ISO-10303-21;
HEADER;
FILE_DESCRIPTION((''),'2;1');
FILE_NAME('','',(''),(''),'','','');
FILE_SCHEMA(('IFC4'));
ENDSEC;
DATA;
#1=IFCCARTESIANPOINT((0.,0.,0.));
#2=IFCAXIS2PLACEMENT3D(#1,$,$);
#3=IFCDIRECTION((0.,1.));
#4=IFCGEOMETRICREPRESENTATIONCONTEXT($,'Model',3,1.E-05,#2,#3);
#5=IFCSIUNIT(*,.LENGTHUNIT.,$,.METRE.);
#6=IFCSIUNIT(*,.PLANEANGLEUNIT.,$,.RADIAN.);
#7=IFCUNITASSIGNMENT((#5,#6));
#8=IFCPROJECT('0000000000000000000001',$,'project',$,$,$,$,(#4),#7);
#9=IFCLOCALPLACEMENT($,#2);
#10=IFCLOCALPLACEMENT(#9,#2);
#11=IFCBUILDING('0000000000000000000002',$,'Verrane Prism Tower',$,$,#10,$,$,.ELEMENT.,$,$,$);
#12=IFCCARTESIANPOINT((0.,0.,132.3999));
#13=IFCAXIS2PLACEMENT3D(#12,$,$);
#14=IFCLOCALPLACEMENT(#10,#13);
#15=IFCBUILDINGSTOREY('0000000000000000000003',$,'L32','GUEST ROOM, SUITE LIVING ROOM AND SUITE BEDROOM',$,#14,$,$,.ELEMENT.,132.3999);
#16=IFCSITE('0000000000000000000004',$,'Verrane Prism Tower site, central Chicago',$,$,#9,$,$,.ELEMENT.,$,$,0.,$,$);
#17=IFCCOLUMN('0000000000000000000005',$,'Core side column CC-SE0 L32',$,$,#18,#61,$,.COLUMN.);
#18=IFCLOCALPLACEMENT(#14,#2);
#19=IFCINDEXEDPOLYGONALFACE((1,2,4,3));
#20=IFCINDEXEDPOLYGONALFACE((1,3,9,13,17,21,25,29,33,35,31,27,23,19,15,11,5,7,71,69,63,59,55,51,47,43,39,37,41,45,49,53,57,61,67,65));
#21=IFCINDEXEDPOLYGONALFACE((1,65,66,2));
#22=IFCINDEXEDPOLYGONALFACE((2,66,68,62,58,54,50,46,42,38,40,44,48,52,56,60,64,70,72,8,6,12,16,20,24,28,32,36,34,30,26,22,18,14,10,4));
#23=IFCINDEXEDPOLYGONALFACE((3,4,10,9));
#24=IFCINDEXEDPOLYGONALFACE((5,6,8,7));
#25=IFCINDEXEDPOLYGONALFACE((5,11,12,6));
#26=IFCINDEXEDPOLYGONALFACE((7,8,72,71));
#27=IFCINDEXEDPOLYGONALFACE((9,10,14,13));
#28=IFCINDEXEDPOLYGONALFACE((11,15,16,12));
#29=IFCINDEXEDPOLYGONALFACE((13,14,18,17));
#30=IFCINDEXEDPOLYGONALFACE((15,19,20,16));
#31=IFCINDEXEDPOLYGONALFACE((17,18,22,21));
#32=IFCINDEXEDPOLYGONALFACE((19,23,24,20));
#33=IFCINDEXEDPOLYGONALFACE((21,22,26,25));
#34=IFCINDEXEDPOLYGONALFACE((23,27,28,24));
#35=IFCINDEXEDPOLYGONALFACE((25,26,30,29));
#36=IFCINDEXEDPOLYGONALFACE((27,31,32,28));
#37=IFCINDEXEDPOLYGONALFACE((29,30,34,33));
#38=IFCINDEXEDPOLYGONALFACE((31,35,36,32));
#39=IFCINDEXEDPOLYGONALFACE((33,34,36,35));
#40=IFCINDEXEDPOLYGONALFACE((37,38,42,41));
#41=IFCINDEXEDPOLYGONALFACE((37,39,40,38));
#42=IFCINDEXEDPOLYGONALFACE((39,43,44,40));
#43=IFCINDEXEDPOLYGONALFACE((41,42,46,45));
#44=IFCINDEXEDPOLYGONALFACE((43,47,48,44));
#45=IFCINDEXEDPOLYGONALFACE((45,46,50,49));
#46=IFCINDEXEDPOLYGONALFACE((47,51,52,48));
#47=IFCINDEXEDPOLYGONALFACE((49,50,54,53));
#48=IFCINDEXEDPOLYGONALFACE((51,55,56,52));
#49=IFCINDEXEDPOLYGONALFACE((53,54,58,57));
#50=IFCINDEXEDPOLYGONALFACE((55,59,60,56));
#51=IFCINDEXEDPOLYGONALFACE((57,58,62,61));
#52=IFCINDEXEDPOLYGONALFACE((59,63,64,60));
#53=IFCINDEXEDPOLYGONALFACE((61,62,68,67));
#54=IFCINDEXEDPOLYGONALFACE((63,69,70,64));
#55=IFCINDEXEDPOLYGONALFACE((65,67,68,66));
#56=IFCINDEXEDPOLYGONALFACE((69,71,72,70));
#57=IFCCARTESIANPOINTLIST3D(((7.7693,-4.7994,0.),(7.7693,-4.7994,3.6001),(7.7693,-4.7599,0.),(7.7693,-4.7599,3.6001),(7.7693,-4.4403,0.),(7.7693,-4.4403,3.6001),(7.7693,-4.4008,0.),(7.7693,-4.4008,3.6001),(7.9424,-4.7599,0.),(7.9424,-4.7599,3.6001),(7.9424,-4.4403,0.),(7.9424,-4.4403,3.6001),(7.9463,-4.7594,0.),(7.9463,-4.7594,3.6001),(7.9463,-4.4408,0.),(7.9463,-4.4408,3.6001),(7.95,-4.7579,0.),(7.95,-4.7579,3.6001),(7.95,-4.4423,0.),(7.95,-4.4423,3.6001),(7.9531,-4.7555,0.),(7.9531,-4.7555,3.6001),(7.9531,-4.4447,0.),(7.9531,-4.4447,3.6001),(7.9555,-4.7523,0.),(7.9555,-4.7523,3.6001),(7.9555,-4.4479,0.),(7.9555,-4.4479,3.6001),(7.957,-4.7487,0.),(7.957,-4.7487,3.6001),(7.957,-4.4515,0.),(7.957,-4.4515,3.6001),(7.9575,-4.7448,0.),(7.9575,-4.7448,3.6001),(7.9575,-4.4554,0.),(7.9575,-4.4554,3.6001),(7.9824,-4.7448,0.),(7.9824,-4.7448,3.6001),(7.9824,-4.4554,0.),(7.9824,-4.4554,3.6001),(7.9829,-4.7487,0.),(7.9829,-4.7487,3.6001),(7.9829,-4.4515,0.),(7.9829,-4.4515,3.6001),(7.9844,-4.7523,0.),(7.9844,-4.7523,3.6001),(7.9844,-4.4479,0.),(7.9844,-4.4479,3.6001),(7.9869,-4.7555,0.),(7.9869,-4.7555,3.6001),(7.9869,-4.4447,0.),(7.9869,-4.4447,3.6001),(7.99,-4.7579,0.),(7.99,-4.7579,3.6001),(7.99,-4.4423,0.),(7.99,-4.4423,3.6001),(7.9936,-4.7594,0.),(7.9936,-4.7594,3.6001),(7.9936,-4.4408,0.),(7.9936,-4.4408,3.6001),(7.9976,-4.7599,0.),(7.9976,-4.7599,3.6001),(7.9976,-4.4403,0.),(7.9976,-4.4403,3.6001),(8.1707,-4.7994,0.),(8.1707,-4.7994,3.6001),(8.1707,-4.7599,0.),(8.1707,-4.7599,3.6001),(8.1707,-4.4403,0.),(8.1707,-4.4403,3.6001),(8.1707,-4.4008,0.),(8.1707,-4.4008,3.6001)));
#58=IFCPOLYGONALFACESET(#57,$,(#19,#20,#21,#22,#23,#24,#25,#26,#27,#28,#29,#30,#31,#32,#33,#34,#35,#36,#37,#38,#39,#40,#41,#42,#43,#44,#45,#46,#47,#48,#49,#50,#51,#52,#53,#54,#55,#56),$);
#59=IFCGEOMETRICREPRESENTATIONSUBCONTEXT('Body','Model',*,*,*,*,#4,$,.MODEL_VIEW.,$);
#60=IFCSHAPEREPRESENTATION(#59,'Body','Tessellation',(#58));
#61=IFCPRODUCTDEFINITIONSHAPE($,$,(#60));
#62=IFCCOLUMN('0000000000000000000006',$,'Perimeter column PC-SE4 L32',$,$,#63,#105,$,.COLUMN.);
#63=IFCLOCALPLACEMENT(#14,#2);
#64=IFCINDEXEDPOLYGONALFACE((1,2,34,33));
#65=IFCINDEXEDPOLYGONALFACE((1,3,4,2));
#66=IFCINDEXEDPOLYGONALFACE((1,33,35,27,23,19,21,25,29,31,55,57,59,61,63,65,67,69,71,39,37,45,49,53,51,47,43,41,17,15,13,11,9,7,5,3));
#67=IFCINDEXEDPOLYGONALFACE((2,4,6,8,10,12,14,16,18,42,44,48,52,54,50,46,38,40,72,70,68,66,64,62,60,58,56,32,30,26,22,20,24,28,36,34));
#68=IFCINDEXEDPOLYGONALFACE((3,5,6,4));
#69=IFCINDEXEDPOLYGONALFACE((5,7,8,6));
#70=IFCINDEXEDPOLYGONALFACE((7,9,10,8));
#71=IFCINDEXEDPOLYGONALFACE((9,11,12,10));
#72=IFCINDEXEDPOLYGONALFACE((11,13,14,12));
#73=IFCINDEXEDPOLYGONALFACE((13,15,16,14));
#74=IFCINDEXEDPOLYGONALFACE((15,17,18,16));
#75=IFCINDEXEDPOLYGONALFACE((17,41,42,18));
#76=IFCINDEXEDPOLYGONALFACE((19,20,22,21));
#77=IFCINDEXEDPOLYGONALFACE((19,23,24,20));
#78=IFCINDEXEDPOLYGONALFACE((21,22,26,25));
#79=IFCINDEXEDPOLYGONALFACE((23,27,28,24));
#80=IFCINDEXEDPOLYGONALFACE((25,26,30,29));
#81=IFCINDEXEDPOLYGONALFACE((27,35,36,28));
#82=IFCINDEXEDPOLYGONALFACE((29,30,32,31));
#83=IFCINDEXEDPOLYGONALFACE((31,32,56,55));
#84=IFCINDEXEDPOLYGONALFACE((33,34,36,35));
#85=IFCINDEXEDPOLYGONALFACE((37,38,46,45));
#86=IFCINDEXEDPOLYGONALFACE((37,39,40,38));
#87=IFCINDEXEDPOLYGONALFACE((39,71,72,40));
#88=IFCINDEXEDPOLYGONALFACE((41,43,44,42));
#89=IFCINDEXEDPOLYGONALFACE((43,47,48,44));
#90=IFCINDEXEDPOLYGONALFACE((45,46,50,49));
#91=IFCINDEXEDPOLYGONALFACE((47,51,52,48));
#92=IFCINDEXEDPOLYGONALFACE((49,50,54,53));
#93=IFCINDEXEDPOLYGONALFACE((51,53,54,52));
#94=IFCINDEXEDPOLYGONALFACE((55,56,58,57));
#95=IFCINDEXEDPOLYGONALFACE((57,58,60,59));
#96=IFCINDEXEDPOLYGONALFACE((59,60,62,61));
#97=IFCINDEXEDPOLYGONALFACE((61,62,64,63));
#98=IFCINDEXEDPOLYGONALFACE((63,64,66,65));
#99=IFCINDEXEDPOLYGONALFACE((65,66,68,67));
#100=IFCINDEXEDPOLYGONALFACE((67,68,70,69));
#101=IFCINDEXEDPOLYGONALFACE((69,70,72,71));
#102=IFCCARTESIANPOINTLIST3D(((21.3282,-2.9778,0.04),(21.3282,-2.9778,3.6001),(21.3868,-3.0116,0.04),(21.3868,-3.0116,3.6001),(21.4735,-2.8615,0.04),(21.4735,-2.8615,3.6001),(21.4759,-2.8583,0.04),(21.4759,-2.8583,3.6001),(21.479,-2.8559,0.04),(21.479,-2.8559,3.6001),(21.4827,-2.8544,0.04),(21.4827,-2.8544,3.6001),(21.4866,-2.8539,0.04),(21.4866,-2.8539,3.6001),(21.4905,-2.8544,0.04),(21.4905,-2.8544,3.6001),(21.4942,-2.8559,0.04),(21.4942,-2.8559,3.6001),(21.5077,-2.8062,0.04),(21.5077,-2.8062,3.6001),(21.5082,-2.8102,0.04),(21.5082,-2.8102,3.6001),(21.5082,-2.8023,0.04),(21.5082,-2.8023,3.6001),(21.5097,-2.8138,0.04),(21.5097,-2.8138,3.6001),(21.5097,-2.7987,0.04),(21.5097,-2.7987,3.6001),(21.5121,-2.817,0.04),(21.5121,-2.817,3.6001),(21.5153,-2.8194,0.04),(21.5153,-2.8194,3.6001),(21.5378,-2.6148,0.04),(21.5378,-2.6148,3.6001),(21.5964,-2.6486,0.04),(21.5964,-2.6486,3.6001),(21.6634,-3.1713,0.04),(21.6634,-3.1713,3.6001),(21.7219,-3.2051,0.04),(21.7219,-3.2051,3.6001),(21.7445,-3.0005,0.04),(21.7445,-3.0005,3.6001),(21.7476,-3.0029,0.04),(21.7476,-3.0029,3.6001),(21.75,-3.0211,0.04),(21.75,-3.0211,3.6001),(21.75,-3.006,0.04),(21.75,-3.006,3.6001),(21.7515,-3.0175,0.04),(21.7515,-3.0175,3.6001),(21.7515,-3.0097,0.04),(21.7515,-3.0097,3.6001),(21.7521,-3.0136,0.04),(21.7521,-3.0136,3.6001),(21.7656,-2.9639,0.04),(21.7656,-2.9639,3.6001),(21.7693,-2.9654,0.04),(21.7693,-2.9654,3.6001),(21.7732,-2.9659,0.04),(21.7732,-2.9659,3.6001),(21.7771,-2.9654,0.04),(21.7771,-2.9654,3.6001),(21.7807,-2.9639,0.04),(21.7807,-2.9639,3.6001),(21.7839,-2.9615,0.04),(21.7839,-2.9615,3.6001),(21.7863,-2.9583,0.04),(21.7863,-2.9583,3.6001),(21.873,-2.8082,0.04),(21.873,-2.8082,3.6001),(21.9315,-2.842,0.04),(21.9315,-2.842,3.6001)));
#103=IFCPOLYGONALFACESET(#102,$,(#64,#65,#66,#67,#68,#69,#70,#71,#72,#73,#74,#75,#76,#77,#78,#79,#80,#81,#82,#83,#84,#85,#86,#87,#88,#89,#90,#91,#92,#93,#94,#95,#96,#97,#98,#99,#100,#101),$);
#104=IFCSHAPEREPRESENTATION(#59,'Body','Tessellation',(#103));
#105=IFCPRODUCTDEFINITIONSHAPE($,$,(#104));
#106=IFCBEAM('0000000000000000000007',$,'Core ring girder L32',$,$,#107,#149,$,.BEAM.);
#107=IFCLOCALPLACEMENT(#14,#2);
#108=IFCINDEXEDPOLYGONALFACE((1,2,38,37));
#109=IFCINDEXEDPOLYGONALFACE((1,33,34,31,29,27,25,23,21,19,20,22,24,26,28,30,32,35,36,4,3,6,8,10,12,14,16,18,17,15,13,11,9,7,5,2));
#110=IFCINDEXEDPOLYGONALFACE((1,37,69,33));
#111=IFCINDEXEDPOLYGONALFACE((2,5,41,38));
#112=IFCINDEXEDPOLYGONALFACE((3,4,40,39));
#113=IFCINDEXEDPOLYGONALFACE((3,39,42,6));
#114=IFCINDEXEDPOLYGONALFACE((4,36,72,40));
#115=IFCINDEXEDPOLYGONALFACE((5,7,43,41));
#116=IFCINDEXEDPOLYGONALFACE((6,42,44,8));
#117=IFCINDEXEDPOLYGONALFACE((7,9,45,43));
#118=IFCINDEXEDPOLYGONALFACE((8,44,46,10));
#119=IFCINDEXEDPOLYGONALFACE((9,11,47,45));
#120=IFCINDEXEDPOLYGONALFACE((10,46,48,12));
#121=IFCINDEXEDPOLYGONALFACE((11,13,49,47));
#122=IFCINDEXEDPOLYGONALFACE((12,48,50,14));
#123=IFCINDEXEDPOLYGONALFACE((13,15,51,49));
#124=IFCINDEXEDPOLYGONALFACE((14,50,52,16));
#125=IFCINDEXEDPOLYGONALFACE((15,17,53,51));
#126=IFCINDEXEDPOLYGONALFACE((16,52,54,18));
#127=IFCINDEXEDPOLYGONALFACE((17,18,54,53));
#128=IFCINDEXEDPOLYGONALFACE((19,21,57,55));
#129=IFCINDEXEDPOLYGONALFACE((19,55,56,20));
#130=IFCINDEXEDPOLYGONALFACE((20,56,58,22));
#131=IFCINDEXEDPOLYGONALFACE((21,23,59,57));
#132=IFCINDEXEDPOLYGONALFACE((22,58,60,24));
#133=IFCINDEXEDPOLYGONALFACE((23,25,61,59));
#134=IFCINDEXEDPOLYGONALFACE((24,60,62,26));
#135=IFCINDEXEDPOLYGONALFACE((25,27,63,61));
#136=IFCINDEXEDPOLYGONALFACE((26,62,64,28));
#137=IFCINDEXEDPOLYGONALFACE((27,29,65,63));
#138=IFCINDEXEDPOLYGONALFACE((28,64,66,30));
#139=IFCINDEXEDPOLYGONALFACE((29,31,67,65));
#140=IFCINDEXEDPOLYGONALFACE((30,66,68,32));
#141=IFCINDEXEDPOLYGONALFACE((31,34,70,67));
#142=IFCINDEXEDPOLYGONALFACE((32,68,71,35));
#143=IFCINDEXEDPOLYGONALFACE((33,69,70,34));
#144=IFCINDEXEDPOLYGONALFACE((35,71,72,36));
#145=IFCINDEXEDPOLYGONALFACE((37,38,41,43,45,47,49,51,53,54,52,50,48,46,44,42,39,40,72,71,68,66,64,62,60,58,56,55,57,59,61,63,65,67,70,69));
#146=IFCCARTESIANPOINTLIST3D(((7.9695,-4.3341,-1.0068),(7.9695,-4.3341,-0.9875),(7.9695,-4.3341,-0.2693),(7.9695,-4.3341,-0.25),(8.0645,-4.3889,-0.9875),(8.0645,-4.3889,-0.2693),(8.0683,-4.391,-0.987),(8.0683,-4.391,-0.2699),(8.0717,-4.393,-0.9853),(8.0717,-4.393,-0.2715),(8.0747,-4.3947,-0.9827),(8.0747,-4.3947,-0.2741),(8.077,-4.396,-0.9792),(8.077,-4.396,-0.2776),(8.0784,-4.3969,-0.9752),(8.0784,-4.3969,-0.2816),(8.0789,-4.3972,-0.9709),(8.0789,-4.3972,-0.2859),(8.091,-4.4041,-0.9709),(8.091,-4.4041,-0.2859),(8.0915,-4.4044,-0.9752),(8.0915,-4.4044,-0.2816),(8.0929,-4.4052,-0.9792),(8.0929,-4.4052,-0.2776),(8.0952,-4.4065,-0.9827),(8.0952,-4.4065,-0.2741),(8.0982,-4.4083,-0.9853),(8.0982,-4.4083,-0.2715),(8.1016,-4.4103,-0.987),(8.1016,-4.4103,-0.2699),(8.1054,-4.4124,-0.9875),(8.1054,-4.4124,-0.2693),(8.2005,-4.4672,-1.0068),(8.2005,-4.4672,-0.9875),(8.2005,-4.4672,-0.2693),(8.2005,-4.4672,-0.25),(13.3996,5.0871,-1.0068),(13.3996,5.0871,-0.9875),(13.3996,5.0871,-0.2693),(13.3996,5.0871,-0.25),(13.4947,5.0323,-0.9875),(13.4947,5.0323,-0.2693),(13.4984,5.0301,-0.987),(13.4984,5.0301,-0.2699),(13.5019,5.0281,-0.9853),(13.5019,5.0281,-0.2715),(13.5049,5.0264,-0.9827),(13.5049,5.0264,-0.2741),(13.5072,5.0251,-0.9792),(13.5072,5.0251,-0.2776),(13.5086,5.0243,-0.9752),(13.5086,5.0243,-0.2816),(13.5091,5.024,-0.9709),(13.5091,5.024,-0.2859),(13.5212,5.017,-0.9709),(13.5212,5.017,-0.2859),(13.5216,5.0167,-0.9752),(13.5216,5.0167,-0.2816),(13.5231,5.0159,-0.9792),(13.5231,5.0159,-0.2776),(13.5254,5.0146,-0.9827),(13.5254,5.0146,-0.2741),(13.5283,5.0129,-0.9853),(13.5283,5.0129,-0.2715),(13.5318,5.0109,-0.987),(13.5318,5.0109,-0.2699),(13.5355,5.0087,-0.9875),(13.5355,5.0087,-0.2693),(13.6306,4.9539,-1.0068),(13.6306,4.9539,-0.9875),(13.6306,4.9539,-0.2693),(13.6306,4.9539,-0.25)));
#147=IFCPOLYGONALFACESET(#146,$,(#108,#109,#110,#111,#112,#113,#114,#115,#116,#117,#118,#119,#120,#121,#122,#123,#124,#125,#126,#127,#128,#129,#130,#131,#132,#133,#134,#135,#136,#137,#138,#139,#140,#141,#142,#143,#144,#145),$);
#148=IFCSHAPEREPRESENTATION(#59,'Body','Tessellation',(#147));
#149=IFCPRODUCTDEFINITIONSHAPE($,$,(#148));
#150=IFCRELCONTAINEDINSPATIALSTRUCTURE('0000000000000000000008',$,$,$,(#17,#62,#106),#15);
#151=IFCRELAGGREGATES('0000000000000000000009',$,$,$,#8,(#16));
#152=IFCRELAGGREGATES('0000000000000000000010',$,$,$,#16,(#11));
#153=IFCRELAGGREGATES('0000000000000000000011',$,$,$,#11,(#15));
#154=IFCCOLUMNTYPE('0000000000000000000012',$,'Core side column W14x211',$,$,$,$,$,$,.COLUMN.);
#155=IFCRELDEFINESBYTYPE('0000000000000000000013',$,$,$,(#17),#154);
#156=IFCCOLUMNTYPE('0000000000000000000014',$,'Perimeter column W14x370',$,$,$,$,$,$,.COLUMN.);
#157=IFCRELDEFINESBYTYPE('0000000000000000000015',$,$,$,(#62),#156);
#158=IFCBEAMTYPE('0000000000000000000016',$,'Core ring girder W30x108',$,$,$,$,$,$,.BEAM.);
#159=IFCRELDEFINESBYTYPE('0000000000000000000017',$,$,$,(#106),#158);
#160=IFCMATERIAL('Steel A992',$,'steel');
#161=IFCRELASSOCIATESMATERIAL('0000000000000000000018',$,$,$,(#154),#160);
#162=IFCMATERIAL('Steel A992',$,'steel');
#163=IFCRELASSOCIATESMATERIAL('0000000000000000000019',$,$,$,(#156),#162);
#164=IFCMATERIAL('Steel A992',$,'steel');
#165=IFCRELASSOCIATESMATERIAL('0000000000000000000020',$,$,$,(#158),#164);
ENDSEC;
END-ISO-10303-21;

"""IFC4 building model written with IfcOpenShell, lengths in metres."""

from ifc_helpers import new_model, si_unit, direction, frame, origin, origin_2d, place, context, subcontext, project, spatial, i_section, extrude, material, material_profile, profile_set, type_object, element, save


model = new_model("IFC4")

# Units and contexts
model_context = context("Model", 3, precision=1e-05, world=origin(), true_north=direction((0.0, 1.0)))
body_context = subcontext(model_context, "Body", "Model", "MODEL_VIEW")
ifc_project = project(units=[si_unit("LENGTHUNIT", "METRE"), si_unit("PLANEANGLEUNIT", "RADIAN")], contexts=[model_context])

# Site, building, storey
site_placement = place(None, origin())
site = spatial("IfcSite", under=ifc_project, at=site_placement, Name="Verrane Prism Tower site, central Chicago", CompositionType="ELEMENT", RefElevation=0.0)
building_placement = place(site_placement, origin())
building = spatial("IfcBuilding", under=site, at=building_placement, Name="Verrane Prism Tower", CompositionType="ELEMENT")
storey_placement = place(building_placement, frame((0.0, 0.0, 132.3999)))
storey = spatial("IfcBuildingStorey", under=building, at=storey_placement, Name="L32", Description="GUEST ROOM, SUITE LIVING ROOM AND SUITE BEDROOM", CompositionType="ELEMENT", Elevation=132.3999)

# Columns
ifc_material_1 = material(Name="Steel A992", Category="steel")
ifc_material_profile_1 = material_profile(ifc_material_1, i_section(OverallWidth=0.4014, OverallDepth=0.3987, WebThickness=0.0249, FlangeThickness=0.0396, FilletRadius=0.0151, at=origin_2d()), Name="W14x211")
ifc_profile_set_1 = profile_set([ifc_material_profile_1], Name="Steel A992")
column_type_1 = type_object("IfcColumnType", Name="Core side column W14x211", PredefinedType="COLUMN", material=ifc_profile_set_1)
column_1_placement = place(storey_placement, frame((7.97, -4.6001, 0.0), z_axis=(0.0, 0.0, 1.0), x_axis=(1.0, 0.0, 0.0)))
element("IfcColumn", 1, at=column_1_placement, inside=storey, type_object=column_type_1, Name="Core side column CC-SE0 L32", PredefinedType="COLUMN", context=body_context, shape_type="SweptSolid", body=[
    extrude(i_section(OverallWidth=0.4014, OverallDepth=0.3987, WebThickness=0.0249, FlangeThickness=0.0396, FilletRadius=0.0151, at=origin_2d()), origin(), (0.0, 0.0, 1.0), 3.6001),
])
ifc_material_2 = material(Name="Steel A992", Category="steel")
ifc_material_profile_2 = material_profile(ifc_material_2, i_section(OverallWidth=0.4192, OverallDepth=0.4546, WebThickness=0.0422, FlangeThickness=0.0676, FilletRadius=0.0151, at=origin_2d()), Name="W14x370")
ifc_profile_set_2 = profile_set([ifc_material_profile_2], Name="Steel A992")
column_type_2 = type_object("IfcColumnType", Name="Perimeter column W14x370", PredefinedType="COLUMN", material=ifc_profile_set_2)
column_2_placement = place(storey_placement, frame((21.6299, -2.9099, 0.04), z_axis=(0.0, 0.0, 1.0), x_axis=(-0.5, -0.866025, 0.0)))
element("IfcColumn", 2, at=column_2_placement, inside=storey, type_object=column_type_2, Name="Perimeter column PC-SE4 L32", PredefinedType="COLUMN", context=body_context, shape_type="SweptSolid", body=[
    extrude(i_section(OverallWidth=0.4192, OverallDepth=0.4546, WebThickness=0.0422, FlangeThickness=0.0676, FilletRadius=0.0151, at=origin_2d()), origin(), (0.0, 0.0, 1.0), 3.5601),
])

# Beam
ifc_material_3 = material(Name="Steel A992", Category="steel")
ifc_material_profile_3 = material_profile(ifc_material_3, i_section(OverallWidth=0.2666, OverallDepth=0.7568, WebThickness=0.0139, FlangeThickness=0.0193, FilletRadius=0.0166, at=origin_2d()), Name="W30x108")
ifc_profile_set_3 = profile_set([ifc_material_profile_3], Name="Steel A992")
beam_type_1 = type_object("IfcBeamType", Name="Core ring girder W30x108", PredefinedType="BEAM", material=ifc_profile_set_3)
beam_1_placement = place(storey_placement, frame((8.085, -4.4006, -0.6284), z_axis=(0.499371, 0.866388, 0.0), x_axis=(-0.866388, 0.499371, 0.0)))
element("IfcBeam", 3, at=beam_1_placement, inside=storey, type_object=beam_type_1, Name="Core ring girder L32", PredefinedType="BEAM", context=body_context, shape_type="SweptSolid", body=[
    extrude(i_section(OverallWidth=0.2666, OverallDepth=0.7568, WebThickness=0.0139, FlangeThickness=0.0193, FilletRadius=0.0166, at=origin_2d()), origin(), (0.0, 0.0, 1.0), 10.874),
])

save(model, "model.ifc")
